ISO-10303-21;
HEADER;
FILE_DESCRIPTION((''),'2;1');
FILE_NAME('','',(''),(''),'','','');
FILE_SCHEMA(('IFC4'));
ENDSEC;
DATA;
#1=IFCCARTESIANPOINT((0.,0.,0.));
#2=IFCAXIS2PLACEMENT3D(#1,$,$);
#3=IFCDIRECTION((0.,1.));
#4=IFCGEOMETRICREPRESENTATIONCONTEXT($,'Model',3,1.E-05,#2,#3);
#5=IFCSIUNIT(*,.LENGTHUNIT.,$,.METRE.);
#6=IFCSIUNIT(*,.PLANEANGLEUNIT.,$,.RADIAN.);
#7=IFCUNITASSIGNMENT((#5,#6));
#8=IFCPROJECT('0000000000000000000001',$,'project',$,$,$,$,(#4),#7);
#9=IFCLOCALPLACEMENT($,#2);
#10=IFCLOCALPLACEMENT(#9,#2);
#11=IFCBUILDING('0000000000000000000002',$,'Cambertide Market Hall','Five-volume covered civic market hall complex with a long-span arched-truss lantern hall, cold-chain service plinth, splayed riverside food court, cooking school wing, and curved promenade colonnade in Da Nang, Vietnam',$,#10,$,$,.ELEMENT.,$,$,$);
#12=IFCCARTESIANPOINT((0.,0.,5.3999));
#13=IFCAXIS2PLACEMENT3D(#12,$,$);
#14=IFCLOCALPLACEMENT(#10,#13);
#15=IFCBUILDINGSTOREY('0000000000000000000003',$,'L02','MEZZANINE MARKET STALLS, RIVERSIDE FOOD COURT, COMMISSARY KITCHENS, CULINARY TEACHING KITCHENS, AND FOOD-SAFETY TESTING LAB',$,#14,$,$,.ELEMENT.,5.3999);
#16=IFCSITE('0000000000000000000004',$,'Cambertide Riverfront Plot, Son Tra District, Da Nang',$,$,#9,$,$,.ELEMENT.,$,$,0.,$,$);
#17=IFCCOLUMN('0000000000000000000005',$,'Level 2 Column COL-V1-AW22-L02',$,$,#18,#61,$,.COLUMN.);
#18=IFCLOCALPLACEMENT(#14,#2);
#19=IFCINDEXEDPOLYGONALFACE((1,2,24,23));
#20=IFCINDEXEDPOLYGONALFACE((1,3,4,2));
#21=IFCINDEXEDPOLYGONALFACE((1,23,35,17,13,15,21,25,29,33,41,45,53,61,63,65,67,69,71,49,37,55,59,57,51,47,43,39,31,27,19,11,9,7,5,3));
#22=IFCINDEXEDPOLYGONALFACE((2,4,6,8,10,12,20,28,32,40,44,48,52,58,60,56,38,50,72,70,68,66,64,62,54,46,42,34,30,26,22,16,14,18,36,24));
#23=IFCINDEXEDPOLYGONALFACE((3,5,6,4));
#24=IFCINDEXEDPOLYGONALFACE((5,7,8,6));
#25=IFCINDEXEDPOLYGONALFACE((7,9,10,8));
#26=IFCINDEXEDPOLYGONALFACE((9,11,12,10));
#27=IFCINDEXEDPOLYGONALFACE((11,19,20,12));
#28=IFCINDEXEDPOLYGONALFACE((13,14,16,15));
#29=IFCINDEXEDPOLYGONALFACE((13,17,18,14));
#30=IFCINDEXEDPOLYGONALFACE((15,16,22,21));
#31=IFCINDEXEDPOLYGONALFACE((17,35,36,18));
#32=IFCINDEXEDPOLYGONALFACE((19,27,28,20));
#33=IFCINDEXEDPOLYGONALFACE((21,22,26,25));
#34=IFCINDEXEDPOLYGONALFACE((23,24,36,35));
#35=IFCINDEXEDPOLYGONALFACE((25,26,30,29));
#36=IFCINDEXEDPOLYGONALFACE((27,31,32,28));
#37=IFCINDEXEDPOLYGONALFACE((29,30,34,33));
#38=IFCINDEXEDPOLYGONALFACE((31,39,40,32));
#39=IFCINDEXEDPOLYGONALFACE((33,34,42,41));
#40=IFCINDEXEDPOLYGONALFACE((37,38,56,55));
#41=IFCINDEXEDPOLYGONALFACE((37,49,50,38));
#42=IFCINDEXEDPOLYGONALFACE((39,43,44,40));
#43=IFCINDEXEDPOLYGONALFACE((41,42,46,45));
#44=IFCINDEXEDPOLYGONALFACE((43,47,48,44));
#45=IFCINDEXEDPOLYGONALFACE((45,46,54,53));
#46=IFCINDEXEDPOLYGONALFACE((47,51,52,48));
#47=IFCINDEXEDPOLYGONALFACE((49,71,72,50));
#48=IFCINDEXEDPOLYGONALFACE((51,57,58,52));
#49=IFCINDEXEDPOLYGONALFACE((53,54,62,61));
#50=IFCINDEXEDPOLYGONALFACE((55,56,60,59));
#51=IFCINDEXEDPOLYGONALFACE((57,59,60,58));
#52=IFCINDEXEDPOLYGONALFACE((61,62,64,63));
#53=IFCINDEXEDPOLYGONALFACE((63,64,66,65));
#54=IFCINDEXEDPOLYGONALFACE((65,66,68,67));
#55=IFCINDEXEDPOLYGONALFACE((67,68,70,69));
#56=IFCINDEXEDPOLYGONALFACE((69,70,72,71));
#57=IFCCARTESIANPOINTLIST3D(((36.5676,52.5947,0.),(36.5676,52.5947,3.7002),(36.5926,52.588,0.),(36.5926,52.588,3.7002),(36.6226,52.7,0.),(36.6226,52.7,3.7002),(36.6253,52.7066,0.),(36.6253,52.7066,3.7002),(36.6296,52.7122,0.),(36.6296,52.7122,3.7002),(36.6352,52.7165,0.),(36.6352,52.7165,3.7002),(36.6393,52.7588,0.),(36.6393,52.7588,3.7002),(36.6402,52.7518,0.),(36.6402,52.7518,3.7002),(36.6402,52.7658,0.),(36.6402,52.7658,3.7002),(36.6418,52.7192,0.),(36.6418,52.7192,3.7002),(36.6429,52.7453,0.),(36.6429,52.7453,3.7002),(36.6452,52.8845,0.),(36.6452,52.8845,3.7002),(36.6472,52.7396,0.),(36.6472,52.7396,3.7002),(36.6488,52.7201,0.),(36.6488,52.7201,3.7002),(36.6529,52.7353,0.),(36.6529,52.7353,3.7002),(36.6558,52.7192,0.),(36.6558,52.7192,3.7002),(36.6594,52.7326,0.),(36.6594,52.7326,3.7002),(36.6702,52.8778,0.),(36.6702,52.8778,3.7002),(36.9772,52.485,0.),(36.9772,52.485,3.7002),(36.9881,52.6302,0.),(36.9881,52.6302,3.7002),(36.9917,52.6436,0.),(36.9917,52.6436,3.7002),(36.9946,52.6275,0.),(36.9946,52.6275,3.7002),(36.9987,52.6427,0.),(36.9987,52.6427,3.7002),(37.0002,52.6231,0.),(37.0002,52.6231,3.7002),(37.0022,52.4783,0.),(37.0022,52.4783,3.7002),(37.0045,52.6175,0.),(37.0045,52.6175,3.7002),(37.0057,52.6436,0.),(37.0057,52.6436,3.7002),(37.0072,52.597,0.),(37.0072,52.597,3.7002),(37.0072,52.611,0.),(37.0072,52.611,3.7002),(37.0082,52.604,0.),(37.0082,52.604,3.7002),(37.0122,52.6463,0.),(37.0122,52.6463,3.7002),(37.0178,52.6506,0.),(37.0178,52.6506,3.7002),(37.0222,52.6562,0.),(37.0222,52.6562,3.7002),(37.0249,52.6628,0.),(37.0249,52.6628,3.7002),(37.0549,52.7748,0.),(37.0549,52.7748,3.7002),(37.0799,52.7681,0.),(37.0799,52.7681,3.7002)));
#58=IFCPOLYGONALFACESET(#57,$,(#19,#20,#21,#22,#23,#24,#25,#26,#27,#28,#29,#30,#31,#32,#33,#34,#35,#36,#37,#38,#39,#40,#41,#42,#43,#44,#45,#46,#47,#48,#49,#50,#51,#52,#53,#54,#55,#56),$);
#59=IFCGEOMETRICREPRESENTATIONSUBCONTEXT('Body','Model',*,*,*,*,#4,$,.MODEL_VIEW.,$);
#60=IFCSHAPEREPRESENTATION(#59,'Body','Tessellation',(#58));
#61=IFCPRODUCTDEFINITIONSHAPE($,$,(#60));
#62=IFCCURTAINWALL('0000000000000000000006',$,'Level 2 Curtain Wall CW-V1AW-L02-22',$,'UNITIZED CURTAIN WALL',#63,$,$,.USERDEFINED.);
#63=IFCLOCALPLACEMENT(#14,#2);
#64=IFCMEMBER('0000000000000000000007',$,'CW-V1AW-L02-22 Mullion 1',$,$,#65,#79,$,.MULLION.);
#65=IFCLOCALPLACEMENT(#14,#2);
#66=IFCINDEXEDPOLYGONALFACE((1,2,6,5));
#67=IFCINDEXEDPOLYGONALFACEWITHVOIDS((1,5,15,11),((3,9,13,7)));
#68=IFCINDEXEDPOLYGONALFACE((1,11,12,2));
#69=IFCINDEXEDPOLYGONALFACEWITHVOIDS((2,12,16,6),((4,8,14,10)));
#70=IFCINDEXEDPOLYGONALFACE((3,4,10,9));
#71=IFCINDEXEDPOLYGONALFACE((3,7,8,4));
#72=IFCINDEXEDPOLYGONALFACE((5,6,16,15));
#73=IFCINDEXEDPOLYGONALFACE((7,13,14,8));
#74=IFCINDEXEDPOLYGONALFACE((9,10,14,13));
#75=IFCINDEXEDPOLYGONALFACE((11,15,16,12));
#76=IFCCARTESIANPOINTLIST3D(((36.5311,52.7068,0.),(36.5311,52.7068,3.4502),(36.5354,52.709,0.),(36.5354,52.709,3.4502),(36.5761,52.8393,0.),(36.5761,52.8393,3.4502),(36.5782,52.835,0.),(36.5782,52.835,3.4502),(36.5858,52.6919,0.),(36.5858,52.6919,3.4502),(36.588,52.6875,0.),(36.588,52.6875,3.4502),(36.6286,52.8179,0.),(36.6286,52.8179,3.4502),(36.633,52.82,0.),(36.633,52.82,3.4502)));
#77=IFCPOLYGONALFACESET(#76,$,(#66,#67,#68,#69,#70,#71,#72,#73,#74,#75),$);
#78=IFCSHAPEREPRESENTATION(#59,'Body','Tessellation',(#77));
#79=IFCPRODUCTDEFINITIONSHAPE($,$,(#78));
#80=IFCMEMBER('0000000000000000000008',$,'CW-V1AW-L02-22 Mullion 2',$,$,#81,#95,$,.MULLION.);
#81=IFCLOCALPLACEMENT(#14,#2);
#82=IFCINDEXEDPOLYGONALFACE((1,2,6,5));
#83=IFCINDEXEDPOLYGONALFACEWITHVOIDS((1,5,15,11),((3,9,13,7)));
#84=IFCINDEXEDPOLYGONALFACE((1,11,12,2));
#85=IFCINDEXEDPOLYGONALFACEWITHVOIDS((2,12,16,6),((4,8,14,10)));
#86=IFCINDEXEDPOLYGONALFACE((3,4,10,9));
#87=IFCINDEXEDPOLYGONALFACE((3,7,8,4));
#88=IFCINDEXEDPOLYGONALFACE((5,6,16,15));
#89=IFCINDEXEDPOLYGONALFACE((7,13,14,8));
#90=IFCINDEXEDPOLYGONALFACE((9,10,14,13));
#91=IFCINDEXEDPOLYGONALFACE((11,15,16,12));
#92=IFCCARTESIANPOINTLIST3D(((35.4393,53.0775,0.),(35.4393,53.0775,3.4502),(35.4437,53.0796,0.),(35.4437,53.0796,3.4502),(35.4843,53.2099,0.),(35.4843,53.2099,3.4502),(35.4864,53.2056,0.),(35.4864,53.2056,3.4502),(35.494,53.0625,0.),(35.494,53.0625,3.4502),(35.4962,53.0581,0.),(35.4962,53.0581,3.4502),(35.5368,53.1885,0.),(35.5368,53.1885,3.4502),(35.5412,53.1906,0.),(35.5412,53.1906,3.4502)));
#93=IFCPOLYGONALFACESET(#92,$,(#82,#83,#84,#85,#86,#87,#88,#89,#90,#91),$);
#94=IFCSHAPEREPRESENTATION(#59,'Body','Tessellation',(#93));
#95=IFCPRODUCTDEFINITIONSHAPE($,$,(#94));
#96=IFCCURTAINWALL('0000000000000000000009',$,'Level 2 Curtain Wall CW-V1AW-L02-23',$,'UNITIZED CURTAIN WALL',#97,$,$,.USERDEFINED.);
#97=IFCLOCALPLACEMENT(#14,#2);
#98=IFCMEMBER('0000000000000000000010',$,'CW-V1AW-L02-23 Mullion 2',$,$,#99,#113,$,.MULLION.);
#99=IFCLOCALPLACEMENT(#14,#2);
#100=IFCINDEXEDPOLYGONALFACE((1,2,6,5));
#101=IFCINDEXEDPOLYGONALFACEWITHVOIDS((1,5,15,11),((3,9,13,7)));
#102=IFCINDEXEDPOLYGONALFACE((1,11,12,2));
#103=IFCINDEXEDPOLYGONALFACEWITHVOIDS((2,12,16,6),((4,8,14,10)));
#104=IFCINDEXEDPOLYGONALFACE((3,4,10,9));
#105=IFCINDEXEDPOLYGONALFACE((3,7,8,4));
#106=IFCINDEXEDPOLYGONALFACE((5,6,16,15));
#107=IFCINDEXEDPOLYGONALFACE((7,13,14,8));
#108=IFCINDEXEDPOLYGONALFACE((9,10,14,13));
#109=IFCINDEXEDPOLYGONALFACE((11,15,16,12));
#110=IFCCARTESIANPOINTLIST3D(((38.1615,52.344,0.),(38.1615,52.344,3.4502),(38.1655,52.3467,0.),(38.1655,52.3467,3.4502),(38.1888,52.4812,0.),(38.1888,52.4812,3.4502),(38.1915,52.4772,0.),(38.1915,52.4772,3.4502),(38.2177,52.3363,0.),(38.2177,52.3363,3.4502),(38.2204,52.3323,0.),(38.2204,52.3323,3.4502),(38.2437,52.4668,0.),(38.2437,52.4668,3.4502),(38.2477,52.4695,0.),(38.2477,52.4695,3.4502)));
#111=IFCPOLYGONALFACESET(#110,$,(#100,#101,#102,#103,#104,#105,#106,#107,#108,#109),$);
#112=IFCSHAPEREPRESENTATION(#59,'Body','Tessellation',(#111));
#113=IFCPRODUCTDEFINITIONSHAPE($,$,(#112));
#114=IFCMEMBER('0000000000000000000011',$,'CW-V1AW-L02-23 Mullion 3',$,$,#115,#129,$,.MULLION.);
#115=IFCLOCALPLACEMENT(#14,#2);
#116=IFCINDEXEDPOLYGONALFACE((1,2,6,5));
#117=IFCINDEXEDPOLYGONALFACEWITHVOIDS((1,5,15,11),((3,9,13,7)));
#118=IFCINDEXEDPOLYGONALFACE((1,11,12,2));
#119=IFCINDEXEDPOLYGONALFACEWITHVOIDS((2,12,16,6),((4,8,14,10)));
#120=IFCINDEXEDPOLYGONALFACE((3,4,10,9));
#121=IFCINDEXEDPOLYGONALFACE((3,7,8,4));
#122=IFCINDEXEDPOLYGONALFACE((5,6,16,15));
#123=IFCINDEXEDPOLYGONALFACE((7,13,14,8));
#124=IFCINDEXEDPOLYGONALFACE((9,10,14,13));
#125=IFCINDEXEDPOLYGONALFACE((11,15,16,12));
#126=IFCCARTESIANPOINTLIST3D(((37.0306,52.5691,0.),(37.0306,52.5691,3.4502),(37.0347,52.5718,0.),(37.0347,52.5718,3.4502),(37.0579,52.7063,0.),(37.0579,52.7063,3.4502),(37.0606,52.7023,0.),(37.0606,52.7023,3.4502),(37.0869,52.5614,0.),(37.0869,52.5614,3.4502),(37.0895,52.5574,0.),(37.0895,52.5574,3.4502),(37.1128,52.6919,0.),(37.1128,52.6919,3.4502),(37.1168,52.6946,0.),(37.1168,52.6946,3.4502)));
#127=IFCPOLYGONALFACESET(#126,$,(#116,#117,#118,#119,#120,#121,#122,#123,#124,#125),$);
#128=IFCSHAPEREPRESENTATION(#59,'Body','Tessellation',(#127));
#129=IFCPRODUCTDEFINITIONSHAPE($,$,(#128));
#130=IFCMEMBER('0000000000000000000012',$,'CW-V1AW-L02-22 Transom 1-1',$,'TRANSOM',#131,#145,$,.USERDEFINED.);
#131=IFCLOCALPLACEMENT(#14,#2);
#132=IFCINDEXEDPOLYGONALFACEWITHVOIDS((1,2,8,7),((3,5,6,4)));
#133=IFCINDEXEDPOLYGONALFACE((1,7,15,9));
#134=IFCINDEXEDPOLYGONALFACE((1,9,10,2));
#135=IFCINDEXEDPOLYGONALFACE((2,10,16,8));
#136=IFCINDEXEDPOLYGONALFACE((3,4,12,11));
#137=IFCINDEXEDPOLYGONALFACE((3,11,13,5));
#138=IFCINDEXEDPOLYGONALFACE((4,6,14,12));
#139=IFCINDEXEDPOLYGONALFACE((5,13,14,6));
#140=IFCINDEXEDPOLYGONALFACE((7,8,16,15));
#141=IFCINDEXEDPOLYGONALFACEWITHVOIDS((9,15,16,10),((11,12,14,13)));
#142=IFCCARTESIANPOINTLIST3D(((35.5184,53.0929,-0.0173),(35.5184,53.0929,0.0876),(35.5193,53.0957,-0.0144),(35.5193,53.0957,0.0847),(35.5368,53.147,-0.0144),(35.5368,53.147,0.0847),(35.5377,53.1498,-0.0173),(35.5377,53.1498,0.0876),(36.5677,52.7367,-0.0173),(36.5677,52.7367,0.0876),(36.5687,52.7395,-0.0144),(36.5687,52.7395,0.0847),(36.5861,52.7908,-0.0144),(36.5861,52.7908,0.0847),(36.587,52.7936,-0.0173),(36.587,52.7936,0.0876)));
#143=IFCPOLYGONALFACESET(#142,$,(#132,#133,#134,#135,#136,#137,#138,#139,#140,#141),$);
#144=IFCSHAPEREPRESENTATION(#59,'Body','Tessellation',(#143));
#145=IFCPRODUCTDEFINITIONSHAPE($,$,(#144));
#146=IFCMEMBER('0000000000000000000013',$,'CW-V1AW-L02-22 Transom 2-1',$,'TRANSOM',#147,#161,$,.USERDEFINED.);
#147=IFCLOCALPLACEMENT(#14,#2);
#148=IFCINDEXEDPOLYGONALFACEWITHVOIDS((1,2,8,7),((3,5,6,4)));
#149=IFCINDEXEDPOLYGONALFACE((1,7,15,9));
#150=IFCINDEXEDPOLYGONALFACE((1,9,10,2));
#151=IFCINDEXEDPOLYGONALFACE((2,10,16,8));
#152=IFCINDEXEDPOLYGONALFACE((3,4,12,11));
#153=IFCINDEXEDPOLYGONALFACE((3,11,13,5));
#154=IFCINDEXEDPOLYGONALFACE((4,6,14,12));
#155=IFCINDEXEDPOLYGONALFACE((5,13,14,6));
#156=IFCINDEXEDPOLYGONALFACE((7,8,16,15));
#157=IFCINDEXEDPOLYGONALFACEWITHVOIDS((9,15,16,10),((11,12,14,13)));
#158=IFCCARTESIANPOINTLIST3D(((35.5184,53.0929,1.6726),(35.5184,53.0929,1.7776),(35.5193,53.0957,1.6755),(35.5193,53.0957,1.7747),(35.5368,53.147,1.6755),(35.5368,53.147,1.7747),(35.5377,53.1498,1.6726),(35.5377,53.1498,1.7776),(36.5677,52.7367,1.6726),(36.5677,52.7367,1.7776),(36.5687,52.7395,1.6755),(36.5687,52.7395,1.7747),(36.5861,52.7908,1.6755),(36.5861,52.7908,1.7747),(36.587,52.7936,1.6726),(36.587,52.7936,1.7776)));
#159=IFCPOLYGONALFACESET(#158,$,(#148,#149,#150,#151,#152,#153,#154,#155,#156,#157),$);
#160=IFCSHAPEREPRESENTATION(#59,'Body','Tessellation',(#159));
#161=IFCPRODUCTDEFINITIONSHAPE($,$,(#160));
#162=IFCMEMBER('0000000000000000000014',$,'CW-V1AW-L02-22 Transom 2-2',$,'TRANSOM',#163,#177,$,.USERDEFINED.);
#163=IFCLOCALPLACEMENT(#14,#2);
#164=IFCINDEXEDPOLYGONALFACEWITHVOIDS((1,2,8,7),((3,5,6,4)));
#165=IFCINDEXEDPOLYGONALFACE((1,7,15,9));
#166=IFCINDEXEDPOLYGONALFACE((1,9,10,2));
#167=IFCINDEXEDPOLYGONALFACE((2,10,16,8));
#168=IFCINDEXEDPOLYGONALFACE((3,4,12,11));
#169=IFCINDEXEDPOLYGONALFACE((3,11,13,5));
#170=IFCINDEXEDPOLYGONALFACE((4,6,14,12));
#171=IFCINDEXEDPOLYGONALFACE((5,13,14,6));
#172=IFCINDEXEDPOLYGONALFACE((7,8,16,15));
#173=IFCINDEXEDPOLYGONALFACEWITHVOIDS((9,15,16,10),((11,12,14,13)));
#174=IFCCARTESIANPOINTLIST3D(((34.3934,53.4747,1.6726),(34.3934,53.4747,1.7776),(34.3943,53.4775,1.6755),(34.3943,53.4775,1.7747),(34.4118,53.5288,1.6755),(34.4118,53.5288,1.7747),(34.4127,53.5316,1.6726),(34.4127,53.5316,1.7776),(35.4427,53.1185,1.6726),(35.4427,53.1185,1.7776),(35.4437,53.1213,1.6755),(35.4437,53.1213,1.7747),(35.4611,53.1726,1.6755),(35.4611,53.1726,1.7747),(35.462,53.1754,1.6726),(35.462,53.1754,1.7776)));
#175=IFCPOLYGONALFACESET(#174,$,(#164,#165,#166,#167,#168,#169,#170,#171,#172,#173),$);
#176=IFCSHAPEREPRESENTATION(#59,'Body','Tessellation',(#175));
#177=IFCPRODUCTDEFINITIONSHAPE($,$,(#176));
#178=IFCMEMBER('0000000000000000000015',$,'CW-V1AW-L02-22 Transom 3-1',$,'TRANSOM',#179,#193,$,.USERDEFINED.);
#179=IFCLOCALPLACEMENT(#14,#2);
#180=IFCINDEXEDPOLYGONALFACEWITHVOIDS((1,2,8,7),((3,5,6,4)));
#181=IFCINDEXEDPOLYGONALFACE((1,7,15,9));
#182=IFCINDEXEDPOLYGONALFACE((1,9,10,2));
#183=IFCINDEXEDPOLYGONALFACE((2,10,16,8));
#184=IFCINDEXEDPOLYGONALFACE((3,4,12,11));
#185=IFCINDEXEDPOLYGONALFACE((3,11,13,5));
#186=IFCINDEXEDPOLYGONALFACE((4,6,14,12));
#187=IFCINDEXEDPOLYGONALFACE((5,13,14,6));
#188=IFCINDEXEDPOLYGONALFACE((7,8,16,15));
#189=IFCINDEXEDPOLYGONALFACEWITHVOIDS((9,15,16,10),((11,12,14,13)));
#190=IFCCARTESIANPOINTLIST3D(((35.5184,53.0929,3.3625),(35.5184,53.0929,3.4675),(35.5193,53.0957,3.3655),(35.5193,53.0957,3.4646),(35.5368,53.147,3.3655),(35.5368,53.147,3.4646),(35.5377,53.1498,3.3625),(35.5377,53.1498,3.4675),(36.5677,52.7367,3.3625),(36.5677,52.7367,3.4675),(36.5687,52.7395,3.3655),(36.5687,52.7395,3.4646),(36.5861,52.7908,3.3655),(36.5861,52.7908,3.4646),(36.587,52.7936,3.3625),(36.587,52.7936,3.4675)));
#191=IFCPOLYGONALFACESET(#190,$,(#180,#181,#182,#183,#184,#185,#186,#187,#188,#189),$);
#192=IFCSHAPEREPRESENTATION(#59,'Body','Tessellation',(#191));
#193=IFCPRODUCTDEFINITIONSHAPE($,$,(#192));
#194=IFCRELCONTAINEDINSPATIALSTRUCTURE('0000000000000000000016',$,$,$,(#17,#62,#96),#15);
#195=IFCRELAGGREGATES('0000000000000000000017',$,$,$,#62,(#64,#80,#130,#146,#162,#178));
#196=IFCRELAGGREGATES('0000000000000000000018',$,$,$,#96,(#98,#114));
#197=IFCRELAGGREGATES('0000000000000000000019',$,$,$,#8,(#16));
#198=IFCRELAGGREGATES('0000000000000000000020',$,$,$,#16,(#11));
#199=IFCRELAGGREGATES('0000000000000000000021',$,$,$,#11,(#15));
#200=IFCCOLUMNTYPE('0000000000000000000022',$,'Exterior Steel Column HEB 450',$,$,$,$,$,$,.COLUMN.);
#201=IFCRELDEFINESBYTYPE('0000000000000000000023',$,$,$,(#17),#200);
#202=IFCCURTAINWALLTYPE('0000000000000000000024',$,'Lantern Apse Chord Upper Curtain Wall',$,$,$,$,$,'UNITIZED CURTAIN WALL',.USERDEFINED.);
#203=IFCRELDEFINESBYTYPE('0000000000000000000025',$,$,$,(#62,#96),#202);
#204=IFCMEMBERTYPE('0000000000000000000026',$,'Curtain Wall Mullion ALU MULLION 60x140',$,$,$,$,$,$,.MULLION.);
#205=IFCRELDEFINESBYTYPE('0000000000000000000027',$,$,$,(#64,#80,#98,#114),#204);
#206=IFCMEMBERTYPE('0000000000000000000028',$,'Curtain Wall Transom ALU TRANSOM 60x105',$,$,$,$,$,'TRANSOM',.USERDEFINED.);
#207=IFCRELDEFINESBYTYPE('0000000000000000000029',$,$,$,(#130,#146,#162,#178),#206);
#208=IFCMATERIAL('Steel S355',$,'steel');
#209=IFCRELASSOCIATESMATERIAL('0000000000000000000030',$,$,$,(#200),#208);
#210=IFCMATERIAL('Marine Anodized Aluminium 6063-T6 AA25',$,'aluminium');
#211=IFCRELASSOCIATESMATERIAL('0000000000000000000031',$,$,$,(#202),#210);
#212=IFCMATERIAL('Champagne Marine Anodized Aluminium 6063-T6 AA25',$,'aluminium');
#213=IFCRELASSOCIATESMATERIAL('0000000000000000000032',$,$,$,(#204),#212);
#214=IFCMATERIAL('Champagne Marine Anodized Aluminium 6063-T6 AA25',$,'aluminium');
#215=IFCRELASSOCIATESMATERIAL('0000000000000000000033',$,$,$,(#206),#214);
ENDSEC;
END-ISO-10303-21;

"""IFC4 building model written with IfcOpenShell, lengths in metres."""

from ifc_helpers import new_model, si_unit, direction, frame, origin, origin_2d, place, context, subcontext, project, spatial, hollow_rectangle, i_section, extrude, material, material_profile, profile_set, type_object, element, aggregate, save


model = new_model("IFC4")

# Units and contexts
model_context = context("Model", 3, precision=1e-05, world=origin(), true_north=direction((0.0, 1.0)))
body_context = subcontext(model_context, "Body", "Model", "MODEL_VIEW")
ifc_project = project(units=[si_unit("LENGTHUNIT", "METRE"), si_unit("PLANEANGLEUNIT", "RADIAN")], contexts=[model_context])

# Site, building, storey
site_placement = place(None, origin())
site = spatial("IfcSite", under=ifc_project, at=site_placement, Name="Cambertide Riverfront Plot, Son Tra District, Da Nang", CompositionType="ELEMENT", RefElevation=0.0)
building_placement = place(site_placement, origin())
building = spatial("IfcBuilding", under=site, at=building_placement, Name="Cambertide Market Hall", Description="Five-volume covered civic market hall complex with a long-span arched-truss lantern hall, cold-chain service plinth, splayed riverside food court, cooking school wing, and curved promenade colonnade in Da Nang, Vietnam", CompositionType="ELEMENT")
storey_placement = place(building_placement, frame((0.0, 0.0, 5.3999)))
storey = spatial("IfcBuildingStorey", under=building, at=storey_placement, Name="L02", Description="MEZZANINE MARKET STALLS, RIVERSIDE FOOD COURT, COMMISSARY KITCHENS, CULINARY TEACHING KITCHENS, AND FOOD-SAFETY TESTING LAB", CompositionType="ELEMENT", Elevation=5.3999)

# Column
ifc_material_1 = material(Name="Steel S355", Category="steel")
ifc_material_profile_1 = material_profile(ifc_material_1, i_section(OverallWidth=0.3, OverallDepth=0.45, WebThickness=0.0139, FlangeThickness=0.0259, FilletRadius=0.0271, at=origin_2d()), Name="HEB 450")
ifc_profile_set_1 = profile_set([ifc_material_profile_1], Name="Steel S355")
column_type = type_object("IfcColumnType", Name="Exterior Steel Column HEB 450", PredefinedType="COLUMN", material=ifc_profile_set_1)
column_placement = place(storey_placement, frame((36.8237, 52.6814, 0.0), z_axis=(0.0, 0.0, 1.0), x_axis=(-0.258819, -0.965926, 0.0)))
element("IfcColumn", 1, at=column_placement, inside=storey, type_object=column_type, Name="Level 2 Column COL-V1-AW22-L02", PredefinedType="COLUMN", context=body_context, shape_type="SweptSolid", body=[
    extrude(i_section(OverallWidth=0.3, OverallDepth=0.45, WebThickness=0.0139, FlangeThickness=0.0259, FilletRadius=0.0271, at=origin_2d()), origin(), (0.0, 0.0, 1.0), 3.7002),
])

# Curtain walls, members
ifc_material_2 = material(Name="Marine Anodized Aluminium 6063-T6 AA25", Category="aluminium")
curtain_wall_type = type_object("IfcCurtainWallType", Name="Lantern Apse Chord Upper Curtain Wall", ElementType="UNITIZED CURTAIN WALL", PredefinedType="USERDEFINED", material=ifc_material_2)
curtain_wall_1_placement = place(storey_placement, origin())
curtain_wall_1 = element("IfcCurtainWall", 2, at=curtain_wall_1_placement, inside=storey, type_object=curtain_wall_type, Name="Level 2 Curtain Wall CW-V1AW-L02-22", ObjectType="UNITIZED CURTAIN WALL", PredefinedType="USERDEFINED")
ifc_material_3 = material(Name="Champagne Marine Anodized Aluminium 6063-T6 AA25", Category="aluminium")
ifc_material_profile_2 = material_profile(ifc_material_3, hollow_rectangle(XDim=0.0601, YDim=0.1399, WallThickness=0.0034, at=origin_2d()), Name="ALU MULLION 60x140")
ifc_profile_set_2 = profile_set([ifc_material_profile_2], Name="Champagne Marine Anodized Aluminium 6063-T6 AA25")
member_type_1 = type_object("IfcMemberType", Name="Curtain Wall Mullion ALU MULLION 60x140", PredefinedType="MULLION", material=ifc_profile_set_2)
member_1_placement = place(storey_placement, frame((36.582, 52.7634, 0.0), z_axis=(0.0, 0.0, 1.0), x_axis=(-0.94693, 0.321439, 0.0)))
member_1 = element("IfcMember", 3, at=member_1_placement, type_object=member_type_1, Name="CW-V1AW-L02-22 Mullion 1", PredefinedType="MULLION", context=body_context, shape_type="SweptSolid", body=[
    extrude(hollow_rectangle(XDim=0.0601, YDim=0.1399, WallThickness=0.0034, at=origin_2d()), origin(), (0.0, 0.0, 1.0), 3.4502),
])
member_2_placement = place(storey_placement, frame((35.4902, 53.134, 0.0), z_axis=(0.0, 0.0, 1.0), x_axis=(-0.94693, 0.321439, 0.0)))
member_2 = element("IfcMember", 4, at=member_2_placement, type_object=member_type_1, Name="CW-V1AW-L02-22 Mullion 2", PredefinedType="MULLION", context=body_context, shape_type="SweptSolid", body=[
    extrude(hollow_rectangle(XDim=0.0601, YDim=0.1399, WallThickness=0.0034, at=origin_2d()), origin(), (0.0, 0.0, 1.0), 3.4502),
])
curtain_wall_2_placement = place(storey_placement, origin())
curtain_wall_2 = element("IfcCurtainWall", 5, at=curtain_wall_2_placement, inside=storey, type_object=curtain_wall_type, Name="Level 2 Curtain Wall CW-V1AW-L02-23", ObjectType="UNITIZED CURTAIN WALL", PredefinedType="USERDEFINED")
member_3_placement = place(storey_placement, frame((38.2046, 52.4067, 0.0), z_axis=(0.0, 0.0, 1.0), x_axis=(-0.980785, 0.19509, 0.0)))
member_3 = element("IfcMember", 6, at=member_3_placement, type_object=member_type_1, Name="CW-V1AW-L02-23 Mullion 2", PredefinedType="MULLION", context=body_context, shape_type="SweptSolid", body=[
    extrude(hollow_rectangle(XDim=0.0601, YDim=0.1399, WallThickness=0.0034, at=origin_2d()), origin(), (0.0, 0.0, 1.0), 3.4502),
])
member_4_placement = place(storey_placement, frame((37.0737, 52.6318, 0.0), z_axis=(0.0, 0.0, 1.0), x_axis=(-0.980785, 0.19509, 0.0)))
member_4 = element("IfcMember", 7, at=member_4_placement, type_object=member_type_1, Name="CW-V1AW-L02-23 Mullion 3", PredefinedType="MULLION", context=body_context, shape_type="SweptSolid", body=[
    extrude(hollow_rectangle(XDim=0.0601, YDim=0.1399, WallThickness=0.0034, at=origin_2d()), origin(), (0.0, 0.0, 1.0), 3.4502),
])

# Members
ifc_material_4 = material(Name="Champagne Marine Anodized Aluminium 6063-T6 AA25", Category="aluminium")
ifc_material_profile_3 = material_profile(ifc_material_4, hollow_rectangle(XDim=0.0601, YDim=0.105, WallThickness=0.0029, at=origin_2d()), Name="ALU TRANSOM 60x105")
ifc_profile_set_3 = profile_set([ifc_material_profile_3], Name="Champagne Marine Anodized Aluminium 6063-T6 AA25")
member_type_2 = type_object("IfcMemberType", Name="Curtain Wall Transom ALU TRANSOM 60x105", ElementType="TRANSOM", PredefinedType="USERDEFINED", material=ifc_profile_set_3)
member_5_placement = place(storey_placement, frame((36.5774, 52.7651, 0.0352), z_axis=(-0.946928, 0.321445, 0.0), x_axis=(-0.321445, -0.946928, 0.0)))
member_5 = element("IfcMember", 8, at=member_5_placement, type_object=member_type_2, Name="CW-V1AW-L02-22 Transom 1-1", ObjectType="TRANSOM", PredefinedType="USERDEFINED", context=body_context, shape_type="SweptSolid", body=[
    extrude(hollow_rectangle(XDim=0.0601, YDim=0.105, WallThickness=0.0029, at=origin_2d()), origin(), (0.0, 0.0, 1.0), 1.1082),
])
member_6_placement = place(storey_placement, frame((36.5774, 52.7651, 1.7251), z_axis=(-0.946928, 0.321445, 0.0), x_axis=(-0.321445, -0.946928, 0.0)))
member_6 = element("IfcMember", 9, at=member_6_placement, type_object=member_type_2, Name="CW-V1AW-L02-22 Transom 2-1", ObjectType="TRANSOM", PredefinedType="USERDEFINED", context=body_context, shape_type="SweptSolid", body=[
    extrude(hollow_rectangle(XDim=0.0601, YDim=0.105, WallThickness=0.0029, at=origin_2d()), origin(), (0.0, 0.0, 1.0), 1.1082),
])
member_7_placement = place(storey_placement, frame((35.4524, 53.147, 1.7251), z_axis=(-0.946928, 0.321445, 0.0), x_axis=(-0.321445, -0.946928, 0.0)))
member_7 = element("IfcMember", 10, at=member_7_placement, type_object=member_type_2, Name="CW-V1AW-L02-22 Transom 2-2", ObjectType="TRANSOM", PredefinedType="USERDEFINED", context=body_context, shape_type="SweptSolid", body=[
    extrude(hollow_rectangle(XDim=0.0601, YDim=0.105, WallThickness=0.0029, at=origin_2d()), origin(), (0.0, 0.0, 1.0), 1.1082),
])
member_8_placement = place(storey_placement, frame((36.5774, 52.7651, 3.415), z_axis=(-0.946928, 0.321445, 0.0), x_axis=(-0.321445, -0.946928, 0.0)))
member_8 = element("IfcMember", 11, at=member_8_placement, type_object=member_type_2, Name="CW-V1AW-L02-22 Transom 3-1", ObjectType="TRANSOM", PredefinedType="USERDEFINED", context=body_context, shape_type="SweptSolid", body=[
    extrude(hollow_rectangle(XDim=0.0601, YDim=0.105, WallThickness=0.0029, at=origin_2d()), origin(), (0.0, 0.0, 1.0), 1.1082),
])

aggregate(curtain_wall_1, [member_1, member_2, member_5, member_6, member_7, member_8])
aggregate(curtain_wall_2, [member_3, member_4])

save(model, "model.ifc")
